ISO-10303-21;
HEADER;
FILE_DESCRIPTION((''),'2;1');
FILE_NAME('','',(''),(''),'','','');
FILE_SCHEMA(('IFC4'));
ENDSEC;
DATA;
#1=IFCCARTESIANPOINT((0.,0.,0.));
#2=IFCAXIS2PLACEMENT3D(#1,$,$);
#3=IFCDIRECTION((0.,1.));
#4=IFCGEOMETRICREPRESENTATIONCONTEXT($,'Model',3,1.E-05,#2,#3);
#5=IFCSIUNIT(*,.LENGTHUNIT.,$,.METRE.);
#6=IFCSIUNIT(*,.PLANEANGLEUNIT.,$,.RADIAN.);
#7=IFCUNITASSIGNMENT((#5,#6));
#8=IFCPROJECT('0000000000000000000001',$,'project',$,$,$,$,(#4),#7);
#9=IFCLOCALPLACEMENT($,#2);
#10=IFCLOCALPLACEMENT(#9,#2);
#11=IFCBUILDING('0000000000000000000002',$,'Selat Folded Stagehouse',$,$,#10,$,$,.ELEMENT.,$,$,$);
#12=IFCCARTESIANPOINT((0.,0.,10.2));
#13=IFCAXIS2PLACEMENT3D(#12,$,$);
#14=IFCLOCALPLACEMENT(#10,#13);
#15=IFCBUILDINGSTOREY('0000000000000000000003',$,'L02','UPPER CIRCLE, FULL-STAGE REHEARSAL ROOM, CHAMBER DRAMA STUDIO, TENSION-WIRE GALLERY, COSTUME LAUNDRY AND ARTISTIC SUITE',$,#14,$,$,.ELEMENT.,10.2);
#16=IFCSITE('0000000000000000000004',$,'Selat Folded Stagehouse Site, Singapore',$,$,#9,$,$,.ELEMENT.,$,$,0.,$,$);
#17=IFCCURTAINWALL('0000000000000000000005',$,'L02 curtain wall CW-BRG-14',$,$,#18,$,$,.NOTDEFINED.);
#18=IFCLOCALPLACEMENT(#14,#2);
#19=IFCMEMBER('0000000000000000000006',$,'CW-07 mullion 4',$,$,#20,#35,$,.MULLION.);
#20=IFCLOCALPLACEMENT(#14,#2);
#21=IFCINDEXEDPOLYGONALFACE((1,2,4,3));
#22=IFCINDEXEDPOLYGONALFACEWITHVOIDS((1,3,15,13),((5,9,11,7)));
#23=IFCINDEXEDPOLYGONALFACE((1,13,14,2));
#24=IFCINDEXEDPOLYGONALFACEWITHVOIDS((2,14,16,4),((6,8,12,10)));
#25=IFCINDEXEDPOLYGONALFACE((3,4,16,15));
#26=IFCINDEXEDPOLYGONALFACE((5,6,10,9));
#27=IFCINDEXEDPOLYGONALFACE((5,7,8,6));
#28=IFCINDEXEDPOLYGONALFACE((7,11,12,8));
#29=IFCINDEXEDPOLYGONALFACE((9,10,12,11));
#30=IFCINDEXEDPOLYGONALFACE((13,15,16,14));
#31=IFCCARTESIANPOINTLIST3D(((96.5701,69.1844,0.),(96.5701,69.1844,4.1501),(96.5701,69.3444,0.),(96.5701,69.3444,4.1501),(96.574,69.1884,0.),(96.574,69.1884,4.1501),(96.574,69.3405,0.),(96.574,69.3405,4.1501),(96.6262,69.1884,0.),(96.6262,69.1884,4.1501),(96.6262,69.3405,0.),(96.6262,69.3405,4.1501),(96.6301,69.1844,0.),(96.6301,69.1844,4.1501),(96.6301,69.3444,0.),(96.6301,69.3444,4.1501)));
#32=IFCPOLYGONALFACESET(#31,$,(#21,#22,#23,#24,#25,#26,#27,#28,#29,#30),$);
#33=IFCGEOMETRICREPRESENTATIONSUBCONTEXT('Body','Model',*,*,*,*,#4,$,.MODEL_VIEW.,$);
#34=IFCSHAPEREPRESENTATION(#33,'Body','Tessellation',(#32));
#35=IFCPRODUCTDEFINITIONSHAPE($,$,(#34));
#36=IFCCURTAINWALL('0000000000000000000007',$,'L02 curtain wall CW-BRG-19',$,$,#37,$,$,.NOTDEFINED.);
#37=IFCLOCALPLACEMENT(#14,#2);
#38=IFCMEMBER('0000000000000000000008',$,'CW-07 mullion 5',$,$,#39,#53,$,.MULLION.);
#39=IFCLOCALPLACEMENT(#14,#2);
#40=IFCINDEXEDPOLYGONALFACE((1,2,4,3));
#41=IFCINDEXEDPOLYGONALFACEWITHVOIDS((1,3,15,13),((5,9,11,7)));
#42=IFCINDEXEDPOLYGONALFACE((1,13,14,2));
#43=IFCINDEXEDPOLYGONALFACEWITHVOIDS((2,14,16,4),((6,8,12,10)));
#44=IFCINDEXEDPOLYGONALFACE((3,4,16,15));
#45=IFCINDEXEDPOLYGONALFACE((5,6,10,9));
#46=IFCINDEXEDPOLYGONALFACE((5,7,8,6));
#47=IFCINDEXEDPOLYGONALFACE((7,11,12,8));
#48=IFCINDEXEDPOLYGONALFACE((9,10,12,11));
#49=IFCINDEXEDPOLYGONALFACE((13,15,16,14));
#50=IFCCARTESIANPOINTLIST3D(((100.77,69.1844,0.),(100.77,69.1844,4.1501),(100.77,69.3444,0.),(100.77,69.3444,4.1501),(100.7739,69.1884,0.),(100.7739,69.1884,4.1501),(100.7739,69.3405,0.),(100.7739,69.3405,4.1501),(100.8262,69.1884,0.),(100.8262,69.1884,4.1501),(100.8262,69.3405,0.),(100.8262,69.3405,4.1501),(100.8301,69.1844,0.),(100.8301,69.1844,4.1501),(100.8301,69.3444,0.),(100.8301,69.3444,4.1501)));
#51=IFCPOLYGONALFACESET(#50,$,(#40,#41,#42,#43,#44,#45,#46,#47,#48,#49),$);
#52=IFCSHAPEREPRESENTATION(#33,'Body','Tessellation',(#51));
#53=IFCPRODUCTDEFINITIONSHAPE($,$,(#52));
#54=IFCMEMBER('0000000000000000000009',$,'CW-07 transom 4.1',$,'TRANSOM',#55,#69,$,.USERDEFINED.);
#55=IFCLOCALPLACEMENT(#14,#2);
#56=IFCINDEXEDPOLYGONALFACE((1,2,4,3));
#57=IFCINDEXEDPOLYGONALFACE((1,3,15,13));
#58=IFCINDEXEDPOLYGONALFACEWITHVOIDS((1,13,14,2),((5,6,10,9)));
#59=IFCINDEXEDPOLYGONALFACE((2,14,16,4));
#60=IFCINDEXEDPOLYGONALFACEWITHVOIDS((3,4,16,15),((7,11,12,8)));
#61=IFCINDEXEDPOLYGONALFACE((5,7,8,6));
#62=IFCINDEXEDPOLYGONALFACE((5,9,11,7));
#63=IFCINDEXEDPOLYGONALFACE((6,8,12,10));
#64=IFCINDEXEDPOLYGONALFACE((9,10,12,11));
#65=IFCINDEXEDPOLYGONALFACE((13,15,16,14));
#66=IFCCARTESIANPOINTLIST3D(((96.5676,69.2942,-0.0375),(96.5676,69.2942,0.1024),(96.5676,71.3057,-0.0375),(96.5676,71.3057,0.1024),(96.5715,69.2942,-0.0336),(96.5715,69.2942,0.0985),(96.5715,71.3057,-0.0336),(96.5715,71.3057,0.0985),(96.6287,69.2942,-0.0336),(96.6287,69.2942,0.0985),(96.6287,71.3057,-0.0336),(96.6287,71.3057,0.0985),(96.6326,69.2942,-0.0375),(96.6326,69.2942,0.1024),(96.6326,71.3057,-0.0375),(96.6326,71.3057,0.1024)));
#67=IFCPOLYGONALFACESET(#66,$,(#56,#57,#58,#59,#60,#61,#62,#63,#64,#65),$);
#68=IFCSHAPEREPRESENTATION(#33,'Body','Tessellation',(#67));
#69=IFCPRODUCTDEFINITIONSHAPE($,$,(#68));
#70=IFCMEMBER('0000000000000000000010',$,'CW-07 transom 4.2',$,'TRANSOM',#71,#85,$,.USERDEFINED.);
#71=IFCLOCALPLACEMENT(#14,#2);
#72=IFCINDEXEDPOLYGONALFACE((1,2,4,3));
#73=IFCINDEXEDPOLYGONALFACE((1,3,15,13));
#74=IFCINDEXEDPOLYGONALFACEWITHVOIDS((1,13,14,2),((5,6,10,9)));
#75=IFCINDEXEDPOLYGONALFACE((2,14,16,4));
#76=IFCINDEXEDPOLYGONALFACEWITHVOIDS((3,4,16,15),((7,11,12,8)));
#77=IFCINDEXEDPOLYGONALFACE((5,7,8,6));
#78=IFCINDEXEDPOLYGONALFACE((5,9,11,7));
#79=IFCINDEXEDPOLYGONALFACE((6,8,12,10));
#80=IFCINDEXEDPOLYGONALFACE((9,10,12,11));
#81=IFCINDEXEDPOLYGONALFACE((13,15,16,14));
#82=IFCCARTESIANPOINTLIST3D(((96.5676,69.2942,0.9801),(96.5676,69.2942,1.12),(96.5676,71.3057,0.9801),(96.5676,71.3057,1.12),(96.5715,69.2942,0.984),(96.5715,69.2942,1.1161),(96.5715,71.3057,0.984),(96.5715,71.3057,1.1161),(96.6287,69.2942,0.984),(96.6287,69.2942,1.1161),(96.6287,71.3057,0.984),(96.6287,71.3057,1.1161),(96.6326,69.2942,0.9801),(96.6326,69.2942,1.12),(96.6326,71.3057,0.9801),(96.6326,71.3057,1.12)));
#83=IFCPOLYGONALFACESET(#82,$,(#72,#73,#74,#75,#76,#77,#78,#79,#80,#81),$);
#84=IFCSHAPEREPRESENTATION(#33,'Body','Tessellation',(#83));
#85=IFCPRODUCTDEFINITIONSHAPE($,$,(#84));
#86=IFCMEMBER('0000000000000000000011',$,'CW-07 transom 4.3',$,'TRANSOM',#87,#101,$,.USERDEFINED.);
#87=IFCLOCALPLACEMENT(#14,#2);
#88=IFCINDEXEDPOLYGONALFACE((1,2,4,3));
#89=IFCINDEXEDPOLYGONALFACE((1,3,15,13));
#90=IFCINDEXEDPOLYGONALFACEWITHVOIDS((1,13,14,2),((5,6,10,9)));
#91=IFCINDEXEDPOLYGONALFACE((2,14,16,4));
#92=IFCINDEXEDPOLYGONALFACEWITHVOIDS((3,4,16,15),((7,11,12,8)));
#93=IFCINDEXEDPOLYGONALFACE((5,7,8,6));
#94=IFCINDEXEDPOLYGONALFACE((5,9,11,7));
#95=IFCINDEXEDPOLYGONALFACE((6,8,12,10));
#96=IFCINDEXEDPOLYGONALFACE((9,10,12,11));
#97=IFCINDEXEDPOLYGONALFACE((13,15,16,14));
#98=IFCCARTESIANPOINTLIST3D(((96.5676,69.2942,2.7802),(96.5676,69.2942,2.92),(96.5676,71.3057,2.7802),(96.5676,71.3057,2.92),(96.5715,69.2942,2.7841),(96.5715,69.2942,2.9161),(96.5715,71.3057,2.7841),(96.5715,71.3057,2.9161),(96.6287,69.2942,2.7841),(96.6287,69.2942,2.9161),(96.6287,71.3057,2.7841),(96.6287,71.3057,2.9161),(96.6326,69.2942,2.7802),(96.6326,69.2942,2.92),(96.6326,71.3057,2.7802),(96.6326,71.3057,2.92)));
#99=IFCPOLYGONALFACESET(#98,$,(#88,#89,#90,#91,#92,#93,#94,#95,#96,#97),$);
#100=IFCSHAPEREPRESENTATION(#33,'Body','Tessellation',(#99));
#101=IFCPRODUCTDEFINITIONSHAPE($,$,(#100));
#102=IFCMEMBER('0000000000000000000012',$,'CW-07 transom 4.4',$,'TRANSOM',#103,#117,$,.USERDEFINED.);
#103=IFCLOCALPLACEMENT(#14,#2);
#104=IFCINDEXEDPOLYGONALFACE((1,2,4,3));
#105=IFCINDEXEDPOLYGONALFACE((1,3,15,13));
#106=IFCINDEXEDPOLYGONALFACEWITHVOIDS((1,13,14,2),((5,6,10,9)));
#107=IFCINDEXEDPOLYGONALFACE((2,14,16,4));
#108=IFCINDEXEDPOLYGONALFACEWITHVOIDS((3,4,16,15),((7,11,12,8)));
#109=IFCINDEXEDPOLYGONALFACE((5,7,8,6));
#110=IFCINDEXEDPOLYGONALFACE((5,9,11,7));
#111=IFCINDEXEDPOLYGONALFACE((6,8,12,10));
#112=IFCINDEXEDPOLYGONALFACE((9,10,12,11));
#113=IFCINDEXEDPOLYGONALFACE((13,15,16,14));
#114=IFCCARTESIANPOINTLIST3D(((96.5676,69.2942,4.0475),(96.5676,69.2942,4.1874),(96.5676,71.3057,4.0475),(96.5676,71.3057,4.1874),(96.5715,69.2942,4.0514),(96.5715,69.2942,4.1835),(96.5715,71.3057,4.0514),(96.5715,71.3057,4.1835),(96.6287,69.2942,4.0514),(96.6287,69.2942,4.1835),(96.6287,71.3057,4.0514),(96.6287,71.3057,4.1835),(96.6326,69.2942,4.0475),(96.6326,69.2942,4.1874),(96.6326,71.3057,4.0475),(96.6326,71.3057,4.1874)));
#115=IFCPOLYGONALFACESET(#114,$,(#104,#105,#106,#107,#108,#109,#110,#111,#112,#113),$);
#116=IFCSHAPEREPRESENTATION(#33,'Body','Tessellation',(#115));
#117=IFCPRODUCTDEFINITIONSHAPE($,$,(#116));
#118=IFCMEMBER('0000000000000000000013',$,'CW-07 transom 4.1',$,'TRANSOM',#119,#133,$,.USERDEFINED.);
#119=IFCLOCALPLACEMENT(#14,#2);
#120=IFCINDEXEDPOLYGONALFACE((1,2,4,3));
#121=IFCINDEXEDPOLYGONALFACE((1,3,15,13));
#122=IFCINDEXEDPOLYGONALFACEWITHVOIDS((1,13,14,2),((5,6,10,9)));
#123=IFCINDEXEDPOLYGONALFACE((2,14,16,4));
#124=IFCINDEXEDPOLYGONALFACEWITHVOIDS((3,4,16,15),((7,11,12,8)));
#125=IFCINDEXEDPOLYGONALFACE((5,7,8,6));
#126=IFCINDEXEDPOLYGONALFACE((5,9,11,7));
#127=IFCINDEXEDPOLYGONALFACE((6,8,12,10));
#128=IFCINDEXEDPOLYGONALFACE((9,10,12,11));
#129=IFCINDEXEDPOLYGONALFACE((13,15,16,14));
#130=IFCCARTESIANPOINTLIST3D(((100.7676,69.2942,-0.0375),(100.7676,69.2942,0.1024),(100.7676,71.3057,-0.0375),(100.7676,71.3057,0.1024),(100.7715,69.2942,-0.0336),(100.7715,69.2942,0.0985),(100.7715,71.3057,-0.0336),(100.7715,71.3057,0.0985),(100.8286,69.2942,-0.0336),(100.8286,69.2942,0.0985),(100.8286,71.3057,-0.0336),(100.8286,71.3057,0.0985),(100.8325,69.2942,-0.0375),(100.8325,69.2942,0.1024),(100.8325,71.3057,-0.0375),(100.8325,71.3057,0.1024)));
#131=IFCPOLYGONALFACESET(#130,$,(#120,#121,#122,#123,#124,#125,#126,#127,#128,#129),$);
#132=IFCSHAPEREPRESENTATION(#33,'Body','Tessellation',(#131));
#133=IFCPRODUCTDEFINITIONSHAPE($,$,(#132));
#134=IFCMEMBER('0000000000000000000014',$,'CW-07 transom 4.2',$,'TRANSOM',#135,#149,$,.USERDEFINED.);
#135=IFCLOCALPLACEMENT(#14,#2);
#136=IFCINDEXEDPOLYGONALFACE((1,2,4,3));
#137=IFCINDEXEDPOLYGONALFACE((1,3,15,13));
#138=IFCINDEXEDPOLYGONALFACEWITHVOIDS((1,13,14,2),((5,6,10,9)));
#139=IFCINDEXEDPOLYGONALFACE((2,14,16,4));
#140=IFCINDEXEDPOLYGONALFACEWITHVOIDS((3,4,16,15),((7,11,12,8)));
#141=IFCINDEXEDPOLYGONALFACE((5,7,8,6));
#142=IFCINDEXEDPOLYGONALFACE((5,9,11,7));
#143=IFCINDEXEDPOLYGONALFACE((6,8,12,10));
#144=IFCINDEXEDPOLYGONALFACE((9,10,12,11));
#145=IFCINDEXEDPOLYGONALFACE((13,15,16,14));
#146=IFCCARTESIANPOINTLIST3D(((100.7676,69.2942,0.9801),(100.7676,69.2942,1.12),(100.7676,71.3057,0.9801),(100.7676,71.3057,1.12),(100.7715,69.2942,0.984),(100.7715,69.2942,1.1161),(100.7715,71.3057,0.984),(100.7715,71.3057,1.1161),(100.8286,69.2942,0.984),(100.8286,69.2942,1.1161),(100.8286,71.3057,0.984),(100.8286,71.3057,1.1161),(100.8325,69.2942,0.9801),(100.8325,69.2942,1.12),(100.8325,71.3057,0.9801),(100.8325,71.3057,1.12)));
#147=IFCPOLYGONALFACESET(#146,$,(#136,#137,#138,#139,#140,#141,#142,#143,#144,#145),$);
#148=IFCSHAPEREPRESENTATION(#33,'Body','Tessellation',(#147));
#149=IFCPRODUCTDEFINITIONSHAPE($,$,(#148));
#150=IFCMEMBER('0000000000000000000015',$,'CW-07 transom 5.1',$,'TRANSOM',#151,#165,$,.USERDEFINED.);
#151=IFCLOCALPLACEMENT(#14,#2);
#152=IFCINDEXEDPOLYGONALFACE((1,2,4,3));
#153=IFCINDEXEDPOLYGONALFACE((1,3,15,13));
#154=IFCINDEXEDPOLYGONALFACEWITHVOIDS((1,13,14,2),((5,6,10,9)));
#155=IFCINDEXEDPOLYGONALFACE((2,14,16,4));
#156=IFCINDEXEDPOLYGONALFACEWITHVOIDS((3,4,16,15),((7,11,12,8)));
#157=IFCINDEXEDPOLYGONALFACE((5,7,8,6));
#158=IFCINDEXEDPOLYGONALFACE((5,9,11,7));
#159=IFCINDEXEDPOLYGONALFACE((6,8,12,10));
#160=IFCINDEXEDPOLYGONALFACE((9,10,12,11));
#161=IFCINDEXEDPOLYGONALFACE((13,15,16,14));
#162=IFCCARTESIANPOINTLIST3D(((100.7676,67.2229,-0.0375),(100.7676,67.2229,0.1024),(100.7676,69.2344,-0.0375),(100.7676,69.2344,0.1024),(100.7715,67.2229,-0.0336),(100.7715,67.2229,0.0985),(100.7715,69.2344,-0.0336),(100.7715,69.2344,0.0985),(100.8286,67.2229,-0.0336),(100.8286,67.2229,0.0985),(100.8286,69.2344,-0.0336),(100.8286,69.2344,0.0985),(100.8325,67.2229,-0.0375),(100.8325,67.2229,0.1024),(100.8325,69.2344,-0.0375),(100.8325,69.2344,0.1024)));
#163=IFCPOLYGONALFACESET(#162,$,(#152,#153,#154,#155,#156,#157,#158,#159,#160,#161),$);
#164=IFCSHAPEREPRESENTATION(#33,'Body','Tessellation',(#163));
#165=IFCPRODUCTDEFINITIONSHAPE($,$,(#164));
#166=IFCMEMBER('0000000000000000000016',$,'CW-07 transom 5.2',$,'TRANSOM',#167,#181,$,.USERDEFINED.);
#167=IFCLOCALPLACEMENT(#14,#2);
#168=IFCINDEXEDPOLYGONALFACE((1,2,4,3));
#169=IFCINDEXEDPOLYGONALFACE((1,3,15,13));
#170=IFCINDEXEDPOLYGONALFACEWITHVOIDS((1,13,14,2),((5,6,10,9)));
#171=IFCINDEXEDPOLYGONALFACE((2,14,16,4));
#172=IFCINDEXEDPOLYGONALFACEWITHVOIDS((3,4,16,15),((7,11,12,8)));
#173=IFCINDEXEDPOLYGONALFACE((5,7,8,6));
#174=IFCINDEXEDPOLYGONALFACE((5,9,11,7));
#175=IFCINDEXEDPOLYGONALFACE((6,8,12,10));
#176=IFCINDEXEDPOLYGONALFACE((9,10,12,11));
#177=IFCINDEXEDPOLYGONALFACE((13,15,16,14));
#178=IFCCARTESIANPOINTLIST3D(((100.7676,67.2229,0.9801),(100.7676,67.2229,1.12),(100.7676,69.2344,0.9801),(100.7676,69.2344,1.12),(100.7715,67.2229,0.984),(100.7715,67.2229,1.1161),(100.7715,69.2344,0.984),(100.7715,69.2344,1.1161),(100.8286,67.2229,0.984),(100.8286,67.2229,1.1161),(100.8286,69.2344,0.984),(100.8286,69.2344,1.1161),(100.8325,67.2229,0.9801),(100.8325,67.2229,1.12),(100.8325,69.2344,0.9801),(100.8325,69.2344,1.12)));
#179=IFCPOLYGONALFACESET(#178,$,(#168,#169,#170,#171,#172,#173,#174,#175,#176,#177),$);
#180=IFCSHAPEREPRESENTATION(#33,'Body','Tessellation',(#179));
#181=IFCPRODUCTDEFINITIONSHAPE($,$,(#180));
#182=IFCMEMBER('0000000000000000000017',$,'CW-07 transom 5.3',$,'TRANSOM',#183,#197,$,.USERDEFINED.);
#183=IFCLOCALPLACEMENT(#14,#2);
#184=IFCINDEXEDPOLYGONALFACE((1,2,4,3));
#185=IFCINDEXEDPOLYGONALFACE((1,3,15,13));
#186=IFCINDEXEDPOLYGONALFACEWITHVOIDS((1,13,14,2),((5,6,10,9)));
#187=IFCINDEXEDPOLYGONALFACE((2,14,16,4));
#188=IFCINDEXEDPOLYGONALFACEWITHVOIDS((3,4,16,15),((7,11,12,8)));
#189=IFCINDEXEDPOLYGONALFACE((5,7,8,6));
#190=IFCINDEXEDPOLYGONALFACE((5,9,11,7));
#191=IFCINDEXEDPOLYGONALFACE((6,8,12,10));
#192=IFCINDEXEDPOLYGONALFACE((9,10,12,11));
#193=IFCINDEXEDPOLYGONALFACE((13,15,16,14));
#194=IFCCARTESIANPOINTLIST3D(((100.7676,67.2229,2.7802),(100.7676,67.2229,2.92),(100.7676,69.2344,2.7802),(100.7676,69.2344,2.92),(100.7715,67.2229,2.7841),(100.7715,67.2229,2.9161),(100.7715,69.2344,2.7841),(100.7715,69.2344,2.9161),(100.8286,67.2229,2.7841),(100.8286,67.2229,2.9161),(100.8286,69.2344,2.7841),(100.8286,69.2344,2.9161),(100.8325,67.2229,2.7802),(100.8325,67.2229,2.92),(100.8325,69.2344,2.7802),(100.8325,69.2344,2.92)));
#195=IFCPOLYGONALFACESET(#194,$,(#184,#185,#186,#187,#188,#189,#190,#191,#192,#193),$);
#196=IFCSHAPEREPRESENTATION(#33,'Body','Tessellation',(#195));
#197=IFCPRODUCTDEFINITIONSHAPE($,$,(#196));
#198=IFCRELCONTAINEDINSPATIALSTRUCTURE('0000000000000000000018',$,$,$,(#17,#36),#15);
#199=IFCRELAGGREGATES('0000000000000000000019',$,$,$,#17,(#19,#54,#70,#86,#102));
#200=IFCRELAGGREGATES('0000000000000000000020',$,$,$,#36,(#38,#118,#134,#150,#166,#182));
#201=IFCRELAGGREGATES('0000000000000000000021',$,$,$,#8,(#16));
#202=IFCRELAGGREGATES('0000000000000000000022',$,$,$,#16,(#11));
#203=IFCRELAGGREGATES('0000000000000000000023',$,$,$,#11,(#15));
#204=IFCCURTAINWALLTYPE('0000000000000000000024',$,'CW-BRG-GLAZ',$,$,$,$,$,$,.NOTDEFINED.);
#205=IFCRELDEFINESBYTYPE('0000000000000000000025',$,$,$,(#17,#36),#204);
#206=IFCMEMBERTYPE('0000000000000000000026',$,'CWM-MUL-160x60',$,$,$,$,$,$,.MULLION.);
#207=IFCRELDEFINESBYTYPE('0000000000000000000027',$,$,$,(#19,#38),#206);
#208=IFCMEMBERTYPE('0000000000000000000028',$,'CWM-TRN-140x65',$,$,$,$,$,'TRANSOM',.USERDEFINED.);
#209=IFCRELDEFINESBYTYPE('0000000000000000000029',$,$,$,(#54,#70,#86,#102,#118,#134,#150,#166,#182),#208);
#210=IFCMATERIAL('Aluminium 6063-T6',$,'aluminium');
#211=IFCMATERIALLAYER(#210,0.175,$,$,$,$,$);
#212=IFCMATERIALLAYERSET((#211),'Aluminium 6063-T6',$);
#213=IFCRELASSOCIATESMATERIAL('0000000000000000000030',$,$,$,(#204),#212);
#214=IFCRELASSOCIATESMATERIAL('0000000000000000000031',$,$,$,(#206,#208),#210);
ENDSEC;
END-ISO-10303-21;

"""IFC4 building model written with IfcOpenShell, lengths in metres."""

from ifc_helpers import new_model, si_unit, direction, frame, origin, origin_2d, place, context, subcontext, project, spatial, hollow_rectangle, extrude, material, layer, layer_set, material_profile, profile_set, type_object, element, aggregate, save


model = new_model("IFC4")

# Units and contexts
model_context = context("Model", 3, precision=1e-05, world=origin(), true_north=direction((0.0, 1.0)))
body_context = subcontext(model_context, "Body", "Model", "MODEL_VIEW")
ifc_project = project(units=[si_unit("LENGTHUNIT", "METRE"), si_unit("PLANEANGLEUNIT", "RADIAN")], contexts=[model_context])

# Site, building, storey
site_placement = place(None, origin())
site = spatial("IfcSite", under=ifc_project, at=site_placement, Name="Selat Folded Stagehouse Site, Singapore", CompositionType="ELEMENT", RefElevation=0.0)
building_placement = place(site_placement, origin())
building = spatial("IfcBuilding", under=site, at=building_placement, Name="Selat Folded Stagehouse", CompositionType="ELEMENT")
storey_placement = place(building_placement, frame((0.0, 0.0, 10.2)))
storey = spatial("IfcBuildingStorey", under=building, at=storey_placement, Name="L02", Description="UPPER CIRCLE, FULL-STAGE REHEARSAL ROOM, CHAMBER DRAMA STUDIO, TENSION-WIRE GALLERY, COSTUME LAUNDRY AND ARTISTIC SUITE", CompositionType="ELEMENT", Elevation=10.2)

# Curtain walls, members
ifc_material_1 = material(Name="Aluminium 6063-T6", Category="aluminium")
ifc_layer_1 = layer(ifc_material_1, 0.175)
ifc_layer_set_1 = layer_set([ifc_layer_1], Name="Aluminium 6063-T6")
curtain_wall_type = type_object("IfcCurtainWallType", Name="CW-BRG-GLAZ", PredefinedType="NOTDEFINED", material=ifc_layer_set_1)
curtain_wall_1_placement = place(storey_placement, origin())
curtain_wall_1 = element("IfcCurtainWall", 1, at=curtain_wall_1_placement, inside=storey, type_object=curtain_wall_type, Name="L02 curtain wall CW-BRG-14", PredefinedType="NOTDEFINED")
ifc_material_profile_1 = material_profile(ifc_material_1, hollow_rectangle(XDim=0.0601, YDim=0.1599, WallThickness=0.0039, at=origin_2d()), Name="ALU 160x60x4.0")
ifc_profile_set_1 = profile_set([ifc_material_profile_1], Name="Aluminium 6063-T6")
member_type_1 = type_object("IfcMemberType", Name="CWM-MUL-160x60", PredefinedType="MULLION", material=ifc_profile_set_1)
member_1_placement = place(storey_placement, frame((96.6001, 69.2644, 0.0), z_axis=(0.0, 0.0, 1.0), x_axis=(-1.0, 0.0, 0.0)))
member_1 = element("IfcMember", 2, at=member_1_placement, type_object=member_type_1, Name="CW-07 mullion 4", PredefinedType="MULLION", context=body_context, shape_type="SweptSolid", body=[
    extrude(hollow_rectangle(XDim=0.0601, YDim=0.1599, WallThickness=0.0039, at=origin_2d()), origin(), (0.0, 0.0, 1.0), 4.1501),
])
curtain_wall_2_placement = place(storey_placement, origin())
curtain_wall_2 = element("IfcCurtainWall", 3, at=curtain_wall_2_placement, inside=storey, type_object=curtain_wall_type, Name="L02 curtain wall CW-BRG-19", PredefinedType="NOTDEFINED")
member_2_placement = place(storey_placement, frame((100.8, 69.2644, 0.0), z_axis=(0.0, 0.0, 1.0), x_axis=(1.0, 0.0, 0.0)))
member_2 = element("IfcMember", 4, at=member_2_placement, type_object=member_type_1, Name="CW-07 mullion 5", PredefinedType="MULLION", context=body_context, shape_type="SweptSolid", body=[
    extrude(hollow_rectangle(XDim=0.0601, YDim=0.1599, WallThickness=0.0039, at=origin_2d()), origin(), (0.0, 0.0, 1.0), 4.1501),
])

# Members
ifc_material_profile_2 = material_profile(ifc_material_1, hollow_rectangle(XDim=0.0649, YDim=0.1399, WallThickness=0.0039, at=origin_2d()), Name="ALU 140x65x4.0")
ifc_profile_set_2 = profile_set([ifc_material_profile_2], Name="Aluminium 6063-T6")
member_type_2 = type_object("IfcMemberType", Name="CWM-TRN-140x65", ElementType="TRANSOM", PredefinedType="USERDEFINED", material=ifc_profile_set_2)
member_3_placement = place(storey_placement, frame((96.6001, 69.2942, 0.0325), z_axis=(0.0, 1.0, 0.0), x_axis=(-1.0, 0.0, 0.0)))
member_3 = element("IfcMember", 5, at=member_3_placement, type_object=member_type_2, Name="CW-07 transom 4.1", ObjectType="TRANSOM", PredefinedType="USERDEFINED", context=body_context, shape_type="SweptSolid", body=[
    extrude(hollow_rectangle(XDim=0.0649, YDim=0.1399, WallThickness=0.0039, at=origin_2d()), origin(), (0.0, 0.0, 1.0), 2.0115),
])
member_4_placement = place(storey_placement, frame((96.6001, 69.2942, 1.05), z_axis=(0.0, 1.0, 0.0), x_axis=(-1.0, 0.0, 0.0)))
member_4 = element("IfcMember", 6, at=member_4_placement, type_object=member_type_2, Name="CW-07 transom 4.2", ObjectType="TRANSOM", PredefinedType="USERDEFINED", context=body_context, shape_type="SweptSolid", body=[
    extrude(hollow_rectangle(XDim=0.0649, YDim=0.1399, WallThickness=0.0039, at=origin_2d()), origin(), (0.0, 0.0, 1.0), 2.0115),
])
member_5_placement = place(storey_placement, frame((96.6001, 69.2942, 2.8501), z_axis=(0.0, 1.0, 0.0), x_axis=(-1.0, 0.0, 0.0)))
member_5 = element("IfcMember", 7, at=member_5_placement, type_object=member_type_2, Name="CW-07 transom 4.3", ObjectType="TRANSOM", PredefinedType="USERDEFINED", context=body_context, shape_type="SweptSolid", body=[
    extrude(hollow_rectangle(XDim=0.0649, YDim=0.1399, WallThickness=0.0039, at=origin_2d()), origin(), (0.0, 0.0, 1.0), 2.0115),
])
member_6_placement = place(storey_placement, frame((96.6001, 69.2942, 4.1174), z_axis=(0.0, 1.0, 0.0), x_axis=(-1.0, 0.0, 0.0)))
member_6 = element("IfcMember", 8, at=member_6_placement, type_object=member_type_2, Name="CW-07 transom 4.4", ObjectType="TRANSOM", PredefinedType="USERDEFINED", context=body_context, shape_type="SweptSolid", body=[
    extrude(hollow_rectangle(XDim=0.0649, YDim=0.1399, WallThickness=0.0039, at=origin_2d()), origin(), (0.0, 0.0, 1.0), 2.0115),
])
member_7_placement = place(storey_placement, frame((100.8, 71.3057, 0.0325), z_axis=(0.0, -1.0, 0.0), x_axis=(1.0, 0.0, 0.0)))
member_7 = element("IfcMember", 9, at=member_7_placement, type_object=member_type_2, Name="CW-07 transom 4.1", ObjectType="TRANSOM", PredefinedType="USERDEFINED", context=body_context, shape_type="SweptSolid", body=[
    extrude(hollow_rectangle(XDim=0.0649, YDim=0.1399, WallThickness=0.0039, at=origin_2d()), origin(), (0.0, 0.0, 1.0), 2.0115),
])
member_8_placement = place(storey_placement, frame((100.8, 71.3057, 1.05), z_axis=(0.0, -1.0, 0.0), x_axis=(1.0, 0.0, 0.0)))
member_8 = element("IfcMember", 10, at=member_8_placement, type_object=member_type_2, Name="CW-07 transom 4.2", ObjectType="TRANSOM", PredefinedType="USERDEFINED", context=body_context, shape_type="SweptSolid", body=[
    extrude(hollow_rectangle(XDim=0.0649, YDim=0.1399, WallThickness=0.0039, at=origin_2d()), origin(), (0.0, 0.0, 1.0), 2.0115),
])
member_9_placement = place(storey_placement, frame((100.8, 69.2344, 0.0325), z_axis=(0.0, -1.0, 0.0), x_axis=(1.0, 0.0, 0.0)))
member_9 = element("IfcMember", 11, at=member_9_placement, type_object=member_type_2, Name="CW-07 transom 5.1", ObjectType="TRANSOM", PredefinedType="USERDEFINED", context=body_context, shape_type="SweptSolid", body=[
    extrude(hollow_rectangle(XDim=0.0649, YDim=0.1399, WallThickness=0.0039, at=origin_2d()), origin(), (0.0, 0.0, 1.0), 2.0115),
])
member_10_placement = place(storey_placement, frame((100.8, 69.2344, 1.05), z_axis=(0.0, -1.0, 0.0), x_axis=(1.0, 0.0, 0.0)))
member_10 = element("IfcMember", 12, at=member_10_placement, type_object=member_type_2, Name="CW-07 transom 5.2", ObjectType="TRANSOM", PredefinedType="USERDEFINED", context=body_context, shape_type="SweptSolid", body=[
    extrude(hollow_rectangle(XDim=0.0649, YDim=0.1399, WallThickness=0.0039, at=origin_2d()), origin(), (0.0, 0.0, 1.0), 2.0115),
])
member_11_placement = place(storey_placement, frame((100.8, 69.2344, 2.8501), z_axis=(0.0, -1.0, 0.0), x_axis=(1.0, 0.0, 0.0)))
member_11 = element("IfcMember", 13, at=member_11_placement, type_object=member_type_2, Name="CW-07 transom 5.3", ObjectType="TRANSOM", PredefinedType="USERDEFINED", context=body_context, shape_type="SweptSolid", body=[
    extrude(hollow_rectangle(XDim=0.0649, YDim=0.1399, WallThickness=0.0039, at=origin_2d()), origin(), (0.0, 0.0, 1.0), 2.0115),
])

aggregate(curtain_wall_1, [member_1, member_3, member_4, member_5, member_6])
aggregate(curtain_wall_2, [member_2, member_7, member_8, member_9, member_10, member_11])

save(model, "model.ifc")
